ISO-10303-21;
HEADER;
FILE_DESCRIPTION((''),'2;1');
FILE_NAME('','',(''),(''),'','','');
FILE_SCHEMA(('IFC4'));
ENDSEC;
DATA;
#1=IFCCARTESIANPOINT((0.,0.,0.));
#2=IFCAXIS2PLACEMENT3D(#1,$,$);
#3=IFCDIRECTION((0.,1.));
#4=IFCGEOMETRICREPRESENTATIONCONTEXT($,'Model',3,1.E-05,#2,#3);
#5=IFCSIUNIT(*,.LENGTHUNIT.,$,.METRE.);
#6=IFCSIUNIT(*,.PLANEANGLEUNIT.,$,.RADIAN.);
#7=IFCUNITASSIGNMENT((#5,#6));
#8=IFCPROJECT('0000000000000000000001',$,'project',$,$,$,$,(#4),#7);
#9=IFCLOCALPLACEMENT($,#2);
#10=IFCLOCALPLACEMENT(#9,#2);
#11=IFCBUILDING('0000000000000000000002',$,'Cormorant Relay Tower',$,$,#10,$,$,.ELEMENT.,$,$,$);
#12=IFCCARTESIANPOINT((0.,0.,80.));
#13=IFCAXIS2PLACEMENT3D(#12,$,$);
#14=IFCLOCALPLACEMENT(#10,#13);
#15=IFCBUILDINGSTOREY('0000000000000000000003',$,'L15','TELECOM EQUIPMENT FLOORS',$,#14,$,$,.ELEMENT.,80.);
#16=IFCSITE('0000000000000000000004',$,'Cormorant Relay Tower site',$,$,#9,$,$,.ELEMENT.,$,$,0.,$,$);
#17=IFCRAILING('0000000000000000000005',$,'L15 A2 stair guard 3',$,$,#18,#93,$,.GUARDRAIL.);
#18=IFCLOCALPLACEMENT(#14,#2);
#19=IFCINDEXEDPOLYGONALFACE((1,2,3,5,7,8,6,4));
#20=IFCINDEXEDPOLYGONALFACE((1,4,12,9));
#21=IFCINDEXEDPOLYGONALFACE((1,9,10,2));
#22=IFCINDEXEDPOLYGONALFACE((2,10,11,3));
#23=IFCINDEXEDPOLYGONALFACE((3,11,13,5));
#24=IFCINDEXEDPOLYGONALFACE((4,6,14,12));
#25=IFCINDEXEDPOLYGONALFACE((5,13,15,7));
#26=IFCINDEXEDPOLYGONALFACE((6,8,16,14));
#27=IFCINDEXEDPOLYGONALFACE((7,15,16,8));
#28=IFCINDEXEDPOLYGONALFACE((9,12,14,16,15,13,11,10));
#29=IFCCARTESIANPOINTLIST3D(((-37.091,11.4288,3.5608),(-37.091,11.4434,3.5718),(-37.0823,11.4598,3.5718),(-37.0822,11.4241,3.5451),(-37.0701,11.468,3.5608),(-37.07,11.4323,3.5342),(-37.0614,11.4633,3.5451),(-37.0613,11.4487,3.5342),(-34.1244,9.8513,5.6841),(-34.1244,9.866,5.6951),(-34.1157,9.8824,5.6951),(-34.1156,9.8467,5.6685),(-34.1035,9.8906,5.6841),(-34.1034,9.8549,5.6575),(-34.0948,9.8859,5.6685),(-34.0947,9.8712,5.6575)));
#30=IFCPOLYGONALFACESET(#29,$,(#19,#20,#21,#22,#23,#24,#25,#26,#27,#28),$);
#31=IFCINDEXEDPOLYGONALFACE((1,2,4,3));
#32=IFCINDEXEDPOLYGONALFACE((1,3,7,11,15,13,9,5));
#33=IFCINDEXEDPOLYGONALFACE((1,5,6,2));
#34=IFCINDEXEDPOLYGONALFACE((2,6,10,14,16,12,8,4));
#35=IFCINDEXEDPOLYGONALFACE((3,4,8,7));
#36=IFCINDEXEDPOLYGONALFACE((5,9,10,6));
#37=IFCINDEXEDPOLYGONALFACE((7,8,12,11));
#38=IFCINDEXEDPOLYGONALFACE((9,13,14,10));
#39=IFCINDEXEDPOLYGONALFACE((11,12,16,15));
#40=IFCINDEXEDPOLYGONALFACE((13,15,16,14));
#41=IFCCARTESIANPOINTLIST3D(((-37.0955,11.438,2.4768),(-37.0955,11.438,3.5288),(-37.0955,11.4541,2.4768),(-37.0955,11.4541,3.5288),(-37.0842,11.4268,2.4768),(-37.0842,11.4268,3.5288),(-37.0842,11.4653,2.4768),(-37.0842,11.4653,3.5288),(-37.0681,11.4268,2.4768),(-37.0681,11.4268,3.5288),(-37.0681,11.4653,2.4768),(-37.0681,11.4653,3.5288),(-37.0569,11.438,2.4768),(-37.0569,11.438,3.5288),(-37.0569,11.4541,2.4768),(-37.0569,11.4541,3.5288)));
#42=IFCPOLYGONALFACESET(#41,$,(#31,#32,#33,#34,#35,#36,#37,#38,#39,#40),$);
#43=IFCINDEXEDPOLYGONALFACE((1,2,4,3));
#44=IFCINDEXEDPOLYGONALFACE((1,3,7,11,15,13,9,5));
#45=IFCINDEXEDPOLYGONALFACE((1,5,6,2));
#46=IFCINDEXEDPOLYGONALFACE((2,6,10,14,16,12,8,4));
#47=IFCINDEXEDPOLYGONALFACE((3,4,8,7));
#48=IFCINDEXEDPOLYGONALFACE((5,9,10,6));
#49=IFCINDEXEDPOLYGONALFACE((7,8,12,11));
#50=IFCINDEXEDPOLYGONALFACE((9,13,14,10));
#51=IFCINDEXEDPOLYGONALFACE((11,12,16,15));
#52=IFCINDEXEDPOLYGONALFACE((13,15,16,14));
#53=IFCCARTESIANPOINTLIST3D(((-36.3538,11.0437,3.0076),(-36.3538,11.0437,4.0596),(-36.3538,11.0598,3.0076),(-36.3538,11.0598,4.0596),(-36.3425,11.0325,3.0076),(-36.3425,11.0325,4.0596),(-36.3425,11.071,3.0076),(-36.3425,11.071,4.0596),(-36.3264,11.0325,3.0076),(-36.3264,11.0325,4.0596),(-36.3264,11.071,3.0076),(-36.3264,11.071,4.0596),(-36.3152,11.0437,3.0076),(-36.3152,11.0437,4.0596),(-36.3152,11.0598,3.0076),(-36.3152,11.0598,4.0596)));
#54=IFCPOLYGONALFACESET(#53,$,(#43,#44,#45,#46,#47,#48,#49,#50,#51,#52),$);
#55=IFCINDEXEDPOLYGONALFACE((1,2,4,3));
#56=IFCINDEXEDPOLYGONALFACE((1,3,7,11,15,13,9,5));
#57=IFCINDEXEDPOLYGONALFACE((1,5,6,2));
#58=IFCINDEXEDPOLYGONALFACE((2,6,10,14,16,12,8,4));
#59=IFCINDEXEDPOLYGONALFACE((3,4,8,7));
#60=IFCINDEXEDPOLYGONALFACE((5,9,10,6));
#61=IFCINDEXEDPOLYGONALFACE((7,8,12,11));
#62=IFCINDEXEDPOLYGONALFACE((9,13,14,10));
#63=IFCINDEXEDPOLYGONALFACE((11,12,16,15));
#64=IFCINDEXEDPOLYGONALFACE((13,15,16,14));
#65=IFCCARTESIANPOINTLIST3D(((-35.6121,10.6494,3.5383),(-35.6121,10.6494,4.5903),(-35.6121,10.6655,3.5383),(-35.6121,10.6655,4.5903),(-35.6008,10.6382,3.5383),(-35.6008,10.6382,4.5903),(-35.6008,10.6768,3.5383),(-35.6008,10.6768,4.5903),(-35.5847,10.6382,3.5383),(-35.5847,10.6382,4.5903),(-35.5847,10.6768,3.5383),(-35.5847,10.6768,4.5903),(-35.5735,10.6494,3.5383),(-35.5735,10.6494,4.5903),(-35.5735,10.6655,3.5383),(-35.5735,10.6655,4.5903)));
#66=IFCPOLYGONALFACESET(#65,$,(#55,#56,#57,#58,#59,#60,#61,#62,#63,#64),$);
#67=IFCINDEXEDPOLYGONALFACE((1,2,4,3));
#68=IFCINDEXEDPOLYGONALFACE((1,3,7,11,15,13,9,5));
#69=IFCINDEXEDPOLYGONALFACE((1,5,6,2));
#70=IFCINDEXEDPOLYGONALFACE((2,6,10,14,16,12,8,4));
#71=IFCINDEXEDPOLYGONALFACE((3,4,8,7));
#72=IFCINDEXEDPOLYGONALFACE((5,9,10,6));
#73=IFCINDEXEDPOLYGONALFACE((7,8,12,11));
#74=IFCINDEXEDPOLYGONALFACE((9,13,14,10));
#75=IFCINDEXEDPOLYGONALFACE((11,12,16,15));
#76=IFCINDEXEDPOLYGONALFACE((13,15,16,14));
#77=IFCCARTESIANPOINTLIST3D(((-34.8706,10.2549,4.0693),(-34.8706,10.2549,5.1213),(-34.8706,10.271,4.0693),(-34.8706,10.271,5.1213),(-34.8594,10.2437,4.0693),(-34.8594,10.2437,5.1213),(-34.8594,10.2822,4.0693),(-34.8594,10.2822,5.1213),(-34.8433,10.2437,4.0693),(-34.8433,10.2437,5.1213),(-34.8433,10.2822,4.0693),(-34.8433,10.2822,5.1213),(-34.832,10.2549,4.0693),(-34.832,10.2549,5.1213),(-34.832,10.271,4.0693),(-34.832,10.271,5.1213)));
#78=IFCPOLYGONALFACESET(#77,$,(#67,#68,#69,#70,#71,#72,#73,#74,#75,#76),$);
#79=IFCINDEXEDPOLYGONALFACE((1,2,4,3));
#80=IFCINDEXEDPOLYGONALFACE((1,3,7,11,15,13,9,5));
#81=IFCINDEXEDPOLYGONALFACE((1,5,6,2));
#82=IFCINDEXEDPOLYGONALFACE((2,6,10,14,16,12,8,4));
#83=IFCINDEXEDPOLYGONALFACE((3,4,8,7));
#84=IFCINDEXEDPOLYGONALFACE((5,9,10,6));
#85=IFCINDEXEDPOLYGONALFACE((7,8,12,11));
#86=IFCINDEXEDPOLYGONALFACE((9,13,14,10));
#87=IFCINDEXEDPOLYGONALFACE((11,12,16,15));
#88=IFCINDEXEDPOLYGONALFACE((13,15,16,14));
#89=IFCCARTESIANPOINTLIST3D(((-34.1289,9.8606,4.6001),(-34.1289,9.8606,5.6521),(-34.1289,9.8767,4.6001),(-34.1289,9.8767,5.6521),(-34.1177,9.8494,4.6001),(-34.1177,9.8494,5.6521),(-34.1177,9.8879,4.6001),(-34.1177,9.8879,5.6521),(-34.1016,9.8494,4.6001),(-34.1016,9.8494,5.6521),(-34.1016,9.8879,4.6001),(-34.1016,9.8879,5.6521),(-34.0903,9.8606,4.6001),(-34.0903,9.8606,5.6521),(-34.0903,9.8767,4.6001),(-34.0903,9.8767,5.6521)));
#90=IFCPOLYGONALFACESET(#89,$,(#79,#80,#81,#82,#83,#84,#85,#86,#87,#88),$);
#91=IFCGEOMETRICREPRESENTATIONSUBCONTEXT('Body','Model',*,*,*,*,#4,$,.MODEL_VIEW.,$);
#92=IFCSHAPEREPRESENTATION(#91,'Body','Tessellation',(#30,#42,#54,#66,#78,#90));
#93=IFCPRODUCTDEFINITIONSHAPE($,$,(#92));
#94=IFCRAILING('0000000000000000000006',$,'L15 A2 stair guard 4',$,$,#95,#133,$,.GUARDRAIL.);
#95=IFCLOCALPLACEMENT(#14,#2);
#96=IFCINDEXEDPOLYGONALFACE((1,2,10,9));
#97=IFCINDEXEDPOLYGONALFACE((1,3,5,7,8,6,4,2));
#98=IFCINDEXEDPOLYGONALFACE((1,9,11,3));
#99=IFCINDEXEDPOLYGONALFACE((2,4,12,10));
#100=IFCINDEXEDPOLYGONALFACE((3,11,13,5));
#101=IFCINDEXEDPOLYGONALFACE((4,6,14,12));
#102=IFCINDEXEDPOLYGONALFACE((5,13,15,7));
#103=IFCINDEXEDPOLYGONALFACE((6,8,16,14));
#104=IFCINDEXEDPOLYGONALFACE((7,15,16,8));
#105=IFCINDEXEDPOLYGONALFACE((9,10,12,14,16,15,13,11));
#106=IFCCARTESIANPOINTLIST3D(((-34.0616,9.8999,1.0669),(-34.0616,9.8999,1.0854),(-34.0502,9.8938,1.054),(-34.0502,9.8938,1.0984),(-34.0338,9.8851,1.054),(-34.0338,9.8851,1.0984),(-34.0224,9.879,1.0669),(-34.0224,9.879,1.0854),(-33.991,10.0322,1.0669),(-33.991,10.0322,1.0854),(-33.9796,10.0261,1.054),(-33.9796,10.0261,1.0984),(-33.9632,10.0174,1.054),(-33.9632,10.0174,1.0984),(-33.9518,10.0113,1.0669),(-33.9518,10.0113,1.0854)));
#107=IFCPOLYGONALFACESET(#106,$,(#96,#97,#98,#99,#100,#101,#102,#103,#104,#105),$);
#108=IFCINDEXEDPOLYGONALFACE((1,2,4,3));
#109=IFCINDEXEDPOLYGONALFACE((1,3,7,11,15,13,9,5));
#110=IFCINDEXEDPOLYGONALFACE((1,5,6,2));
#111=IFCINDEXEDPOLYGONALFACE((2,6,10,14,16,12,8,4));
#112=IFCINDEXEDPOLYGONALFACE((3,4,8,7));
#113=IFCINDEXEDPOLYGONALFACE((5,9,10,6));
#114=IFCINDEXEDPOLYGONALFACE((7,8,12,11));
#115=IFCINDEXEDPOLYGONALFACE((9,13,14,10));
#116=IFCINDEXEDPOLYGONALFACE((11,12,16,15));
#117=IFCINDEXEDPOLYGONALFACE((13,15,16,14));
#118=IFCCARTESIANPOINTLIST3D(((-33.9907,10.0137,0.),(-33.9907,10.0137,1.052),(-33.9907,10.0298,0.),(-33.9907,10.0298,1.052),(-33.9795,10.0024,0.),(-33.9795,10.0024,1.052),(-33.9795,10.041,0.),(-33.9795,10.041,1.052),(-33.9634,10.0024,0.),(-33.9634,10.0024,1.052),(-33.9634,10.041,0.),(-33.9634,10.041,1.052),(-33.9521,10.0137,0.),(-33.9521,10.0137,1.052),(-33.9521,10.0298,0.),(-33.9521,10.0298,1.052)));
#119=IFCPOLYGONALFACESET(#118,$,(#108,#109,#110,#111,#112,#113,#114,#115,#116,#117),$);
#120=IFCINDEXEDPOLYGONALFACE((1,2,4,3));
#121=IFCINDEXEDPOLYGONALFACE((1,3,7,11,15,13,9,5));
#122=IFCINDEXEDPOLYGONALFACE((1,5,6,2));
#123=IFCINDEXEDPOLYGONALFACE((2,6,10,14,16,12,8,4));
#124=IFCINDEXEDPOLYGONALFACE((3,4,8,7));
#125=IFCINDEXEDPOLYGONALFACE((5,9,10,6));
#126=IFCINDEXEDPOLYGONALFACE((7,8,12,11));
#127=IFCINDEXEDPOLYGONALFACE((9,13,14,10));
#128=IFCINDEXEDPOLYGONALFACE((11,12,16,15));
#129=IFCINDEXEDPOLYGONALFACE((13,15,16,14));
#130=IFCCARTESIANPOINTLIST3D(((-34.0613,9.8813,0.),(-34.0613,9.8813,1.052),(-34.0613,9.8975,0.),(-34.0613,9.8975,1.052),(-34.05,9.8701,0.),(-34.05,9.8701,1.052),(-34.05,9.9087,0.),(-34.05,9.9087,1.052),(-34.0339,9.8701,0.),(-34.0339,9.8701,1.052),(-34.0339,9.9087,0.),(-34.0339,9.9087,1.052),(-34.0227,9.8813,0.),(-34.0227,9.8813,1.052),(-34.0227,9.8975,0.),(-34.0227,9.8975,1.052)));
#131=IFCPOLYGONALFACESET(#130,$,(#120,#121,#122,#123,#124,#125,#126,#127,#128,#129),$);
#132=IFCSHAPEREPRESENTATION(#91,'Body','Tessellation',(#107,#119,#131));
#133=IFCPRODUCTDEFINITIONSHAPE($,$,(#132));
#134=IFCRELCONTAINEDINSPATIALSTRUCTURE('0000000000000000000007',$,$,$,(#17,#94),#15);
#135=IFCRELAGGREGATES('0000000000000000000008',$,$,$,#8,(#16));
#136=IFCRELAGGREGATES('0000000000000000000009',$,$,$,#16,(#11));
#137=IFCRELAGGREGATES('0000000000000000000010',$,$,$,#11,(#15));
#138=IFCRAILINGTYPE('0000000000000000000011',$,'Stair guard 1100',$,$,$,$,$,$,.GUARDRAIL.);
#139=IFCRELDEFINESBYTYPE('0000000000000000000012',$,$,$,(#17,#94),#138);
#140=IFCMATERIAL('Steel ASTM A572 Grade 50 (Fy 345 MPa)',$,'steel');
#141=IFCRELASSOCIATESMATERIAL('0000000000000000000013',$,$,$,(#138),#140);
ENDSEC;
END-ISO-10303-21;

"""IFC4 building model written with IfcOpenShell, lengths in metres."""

from ifc_helpers import new_model, si_unit, direction, frame, origin, place, context, subcontext, project, spatial, polyline, outline, extrude, material, type_object, element, save


model = new_model("IFC4")

# Units and contexts
model_context = context("Model", 3, precision=1e-05, world=origin(), true_north=direction((0.0, 1.0)))
body_context = subcontext(model_context, "Body", "Model", "MODEL_VIEW")
ifc_project = project(units=[si_unit("LENGTHUNIT", "METRE"), si_unit("PLANEANGLEUNIT", "RADIAN")], contexts=[model_context])

# Site, building, storey
site_placement = place(None, origin())
site = spatial("IfcSite", under=ifc_project, at=site_placement, Name="Cormorant Relay Tower site", CompositionType="ELEMENT", RefElevation=0.0)
building_placement = place(site_placement, origin())
building = spatial("IfcBuilding", under=site, at=building_placement, Name="Cormorant Relay Tower", CompositionType="ELEMENT")
storey_placement = place(building_placement, frame((0.0, 0.0, 80.0)))
storey = spatial("IfcBuildingStorey", under=building, at=storey_placement, Name="L15", Description="TELECOM EQUIPMENT FLOORS", CompositionType="ELEMENT", Elevation=80.0)

# Railings
ifc_material_1 = material(Name="Steel ASTM A572 Grade 50 (Fy 345 MPa)", Category="steel")
railing_type_1 = type_object("IfcRailingType", Name="Stair guard 1100", PredefinedType="GUARDRAIL", material=ifc_material_1)
railing_1_placement = place(storey_placement, frame((-37.0762, 11.446, 2.4768)))
element("IfcRailing", 1, at=railing_1_placement, inside=storey, type_object=railing_type_1, Name="L15 A2 stair guard 3", PredefinedType="GUARDRAIL", context=body_context, shape_type="SweptSolid", body=[
    extrude(outline(polyline([(0.0222, 0.0093), (0.0093, 0.0222), (-0.0093, 0.0222), (-0.0222, 0.0093), (-0.0222, -0.0093), (-0.0093, -0.0222), (0.0093, -0.0222), (0.0222, -0.0093), (0.0222, 0.0093)])), frame((0.0, 0.0, 1.0762), z_axis=(0.746389, -0.396874, 0.534223), x_axis=(0.469483, 0.882942, 0.0)), (0.0, 0.0, 1.0), 3.9746),
    extrude(outline(polyline([(0.0193, 0.0081), (0.0081, 0.0193), (-0.0081, 0.0193), (-0.0193, 0.0081), (-0.0193, -0.0081), (-0.0081, -0.0193), (0.0081, -0.0193), (0.0193, -0.0081), (0.0193, 0.0081)])), origin(), (0.0, 0.0, 1.0), 1.052),
    extrude(outline(polyline([(0.0193, 0.0081), (0.0081, 0.0193), (-0.0081, 0.0193), (-0.0193, 0.0081), (-0.0193, -0.0081), (-0.0081, -0.0193), (0.0081, -0.0193), (0.0193, -0.0081), (0.0193, 0.0081)])), frame((0.7417, -0.3943, 0.5308)), (0.0, 0.0, 1.0), 1.052),
    extrude(outline(polyline([(0.0193, 0.0081), (0.0081, 0.0193), (-0.0081, 0.0193), (-0.0193, 0.0081), (-0.0193, -0.0081), (-0.0081, -0.0193), (0.0081, -0.0193), (0.0193, -0.0081), (0.0193, 0.0081)])), frame((1.4834, -0.7886, 1.0615)), (0.0, 0.0, 1.0), 1.052),
    extrude(outline(polyline([(0.0193, 0.0081), (0.0081, 0.0193), (-0.0081, 0.0193), (-0.0193, 0.0081), (-0.0193, -0.0081), (-0.0081, -0.0193), (0.0081, -0.0193), (0.0193, -0.0081), (0.0193, 0.0081)])), frame((2.2249, -1.1831, 1.5925)), (0.0, 0.0, 1.0), 1.052),
    extrude(outline(polyline([(0.0193, 0.0081), (0.0081, 0.0193), (-0.0081, 0.0193), (-0.0193, 0.0081), (-0.0193, -0.0081), (-0.0081, -0.0193), (0.0081, -0.0193), (0.0193, -0.0081), (0.0193, 0.0081)])), frame((2.9666, -1.5774, 2.1233)), (0.0, 0.0, 1.0), 1.052),
])
railing_2_placement = place(storey_placement, frame((-33.9714, 10.0217, 0.0)))
element("IfcRailing", 2, at=railing_2_placement, inside=storey, type_object=railing_type_1, Name="L15 A2 stair guard 4", PredefinedType="GUARDRAIL", context=body_context, shape_type="SweptSolid", body=[
    extrude(outline(polyline([(0.0222, 0.0093), (0.0093, 0.0222), (-0.0093, 0.0222), (-0.0222, 0.0093), (-0.0222, -0.0093), (-0.0093, -0.0222), (0.0093, -0.0222), (0.0222, -0.0093), (0.0222, 0.0093)])), frame((0.0, 0.0, 1.0762), z_axis=(-0.470504, -0.882398, 0.0), x_axis=(0.882398, -0.470504, 0.0)), (0.0, 0.0, 1.0), 0.1499),
    extrude(outline(polyline([(0.0193, 0.0081), (0.0081, 0.0193), (-0.0081, 0.0193), (-0.0193, 0.0081), (-0.0193, -0.0081), (-0.0081, -0.0193), (0.0081, -0.0193), (0.0193, -0.0081), (0.0193, 0.0081)])), origin(), (0.0, 0.0, 1.0), 1.052),
    extrude(outline(polyline([(0.0193, 0.0081), (0.0081, 0.0193), (-0.0081, 0.0193), (-0.0193, 0.0081), (-0.0193, -0.0081), (-0.0081, -0.0193), (0.0081, -0.0193), (0.0193, -0.0081), (0.0193, 0.0081)])), frame((-0.0706, -0.1323, 0.0)), (0.0, 0.0, 1.0), 1.052),
])

save(model, "model.ifc")
